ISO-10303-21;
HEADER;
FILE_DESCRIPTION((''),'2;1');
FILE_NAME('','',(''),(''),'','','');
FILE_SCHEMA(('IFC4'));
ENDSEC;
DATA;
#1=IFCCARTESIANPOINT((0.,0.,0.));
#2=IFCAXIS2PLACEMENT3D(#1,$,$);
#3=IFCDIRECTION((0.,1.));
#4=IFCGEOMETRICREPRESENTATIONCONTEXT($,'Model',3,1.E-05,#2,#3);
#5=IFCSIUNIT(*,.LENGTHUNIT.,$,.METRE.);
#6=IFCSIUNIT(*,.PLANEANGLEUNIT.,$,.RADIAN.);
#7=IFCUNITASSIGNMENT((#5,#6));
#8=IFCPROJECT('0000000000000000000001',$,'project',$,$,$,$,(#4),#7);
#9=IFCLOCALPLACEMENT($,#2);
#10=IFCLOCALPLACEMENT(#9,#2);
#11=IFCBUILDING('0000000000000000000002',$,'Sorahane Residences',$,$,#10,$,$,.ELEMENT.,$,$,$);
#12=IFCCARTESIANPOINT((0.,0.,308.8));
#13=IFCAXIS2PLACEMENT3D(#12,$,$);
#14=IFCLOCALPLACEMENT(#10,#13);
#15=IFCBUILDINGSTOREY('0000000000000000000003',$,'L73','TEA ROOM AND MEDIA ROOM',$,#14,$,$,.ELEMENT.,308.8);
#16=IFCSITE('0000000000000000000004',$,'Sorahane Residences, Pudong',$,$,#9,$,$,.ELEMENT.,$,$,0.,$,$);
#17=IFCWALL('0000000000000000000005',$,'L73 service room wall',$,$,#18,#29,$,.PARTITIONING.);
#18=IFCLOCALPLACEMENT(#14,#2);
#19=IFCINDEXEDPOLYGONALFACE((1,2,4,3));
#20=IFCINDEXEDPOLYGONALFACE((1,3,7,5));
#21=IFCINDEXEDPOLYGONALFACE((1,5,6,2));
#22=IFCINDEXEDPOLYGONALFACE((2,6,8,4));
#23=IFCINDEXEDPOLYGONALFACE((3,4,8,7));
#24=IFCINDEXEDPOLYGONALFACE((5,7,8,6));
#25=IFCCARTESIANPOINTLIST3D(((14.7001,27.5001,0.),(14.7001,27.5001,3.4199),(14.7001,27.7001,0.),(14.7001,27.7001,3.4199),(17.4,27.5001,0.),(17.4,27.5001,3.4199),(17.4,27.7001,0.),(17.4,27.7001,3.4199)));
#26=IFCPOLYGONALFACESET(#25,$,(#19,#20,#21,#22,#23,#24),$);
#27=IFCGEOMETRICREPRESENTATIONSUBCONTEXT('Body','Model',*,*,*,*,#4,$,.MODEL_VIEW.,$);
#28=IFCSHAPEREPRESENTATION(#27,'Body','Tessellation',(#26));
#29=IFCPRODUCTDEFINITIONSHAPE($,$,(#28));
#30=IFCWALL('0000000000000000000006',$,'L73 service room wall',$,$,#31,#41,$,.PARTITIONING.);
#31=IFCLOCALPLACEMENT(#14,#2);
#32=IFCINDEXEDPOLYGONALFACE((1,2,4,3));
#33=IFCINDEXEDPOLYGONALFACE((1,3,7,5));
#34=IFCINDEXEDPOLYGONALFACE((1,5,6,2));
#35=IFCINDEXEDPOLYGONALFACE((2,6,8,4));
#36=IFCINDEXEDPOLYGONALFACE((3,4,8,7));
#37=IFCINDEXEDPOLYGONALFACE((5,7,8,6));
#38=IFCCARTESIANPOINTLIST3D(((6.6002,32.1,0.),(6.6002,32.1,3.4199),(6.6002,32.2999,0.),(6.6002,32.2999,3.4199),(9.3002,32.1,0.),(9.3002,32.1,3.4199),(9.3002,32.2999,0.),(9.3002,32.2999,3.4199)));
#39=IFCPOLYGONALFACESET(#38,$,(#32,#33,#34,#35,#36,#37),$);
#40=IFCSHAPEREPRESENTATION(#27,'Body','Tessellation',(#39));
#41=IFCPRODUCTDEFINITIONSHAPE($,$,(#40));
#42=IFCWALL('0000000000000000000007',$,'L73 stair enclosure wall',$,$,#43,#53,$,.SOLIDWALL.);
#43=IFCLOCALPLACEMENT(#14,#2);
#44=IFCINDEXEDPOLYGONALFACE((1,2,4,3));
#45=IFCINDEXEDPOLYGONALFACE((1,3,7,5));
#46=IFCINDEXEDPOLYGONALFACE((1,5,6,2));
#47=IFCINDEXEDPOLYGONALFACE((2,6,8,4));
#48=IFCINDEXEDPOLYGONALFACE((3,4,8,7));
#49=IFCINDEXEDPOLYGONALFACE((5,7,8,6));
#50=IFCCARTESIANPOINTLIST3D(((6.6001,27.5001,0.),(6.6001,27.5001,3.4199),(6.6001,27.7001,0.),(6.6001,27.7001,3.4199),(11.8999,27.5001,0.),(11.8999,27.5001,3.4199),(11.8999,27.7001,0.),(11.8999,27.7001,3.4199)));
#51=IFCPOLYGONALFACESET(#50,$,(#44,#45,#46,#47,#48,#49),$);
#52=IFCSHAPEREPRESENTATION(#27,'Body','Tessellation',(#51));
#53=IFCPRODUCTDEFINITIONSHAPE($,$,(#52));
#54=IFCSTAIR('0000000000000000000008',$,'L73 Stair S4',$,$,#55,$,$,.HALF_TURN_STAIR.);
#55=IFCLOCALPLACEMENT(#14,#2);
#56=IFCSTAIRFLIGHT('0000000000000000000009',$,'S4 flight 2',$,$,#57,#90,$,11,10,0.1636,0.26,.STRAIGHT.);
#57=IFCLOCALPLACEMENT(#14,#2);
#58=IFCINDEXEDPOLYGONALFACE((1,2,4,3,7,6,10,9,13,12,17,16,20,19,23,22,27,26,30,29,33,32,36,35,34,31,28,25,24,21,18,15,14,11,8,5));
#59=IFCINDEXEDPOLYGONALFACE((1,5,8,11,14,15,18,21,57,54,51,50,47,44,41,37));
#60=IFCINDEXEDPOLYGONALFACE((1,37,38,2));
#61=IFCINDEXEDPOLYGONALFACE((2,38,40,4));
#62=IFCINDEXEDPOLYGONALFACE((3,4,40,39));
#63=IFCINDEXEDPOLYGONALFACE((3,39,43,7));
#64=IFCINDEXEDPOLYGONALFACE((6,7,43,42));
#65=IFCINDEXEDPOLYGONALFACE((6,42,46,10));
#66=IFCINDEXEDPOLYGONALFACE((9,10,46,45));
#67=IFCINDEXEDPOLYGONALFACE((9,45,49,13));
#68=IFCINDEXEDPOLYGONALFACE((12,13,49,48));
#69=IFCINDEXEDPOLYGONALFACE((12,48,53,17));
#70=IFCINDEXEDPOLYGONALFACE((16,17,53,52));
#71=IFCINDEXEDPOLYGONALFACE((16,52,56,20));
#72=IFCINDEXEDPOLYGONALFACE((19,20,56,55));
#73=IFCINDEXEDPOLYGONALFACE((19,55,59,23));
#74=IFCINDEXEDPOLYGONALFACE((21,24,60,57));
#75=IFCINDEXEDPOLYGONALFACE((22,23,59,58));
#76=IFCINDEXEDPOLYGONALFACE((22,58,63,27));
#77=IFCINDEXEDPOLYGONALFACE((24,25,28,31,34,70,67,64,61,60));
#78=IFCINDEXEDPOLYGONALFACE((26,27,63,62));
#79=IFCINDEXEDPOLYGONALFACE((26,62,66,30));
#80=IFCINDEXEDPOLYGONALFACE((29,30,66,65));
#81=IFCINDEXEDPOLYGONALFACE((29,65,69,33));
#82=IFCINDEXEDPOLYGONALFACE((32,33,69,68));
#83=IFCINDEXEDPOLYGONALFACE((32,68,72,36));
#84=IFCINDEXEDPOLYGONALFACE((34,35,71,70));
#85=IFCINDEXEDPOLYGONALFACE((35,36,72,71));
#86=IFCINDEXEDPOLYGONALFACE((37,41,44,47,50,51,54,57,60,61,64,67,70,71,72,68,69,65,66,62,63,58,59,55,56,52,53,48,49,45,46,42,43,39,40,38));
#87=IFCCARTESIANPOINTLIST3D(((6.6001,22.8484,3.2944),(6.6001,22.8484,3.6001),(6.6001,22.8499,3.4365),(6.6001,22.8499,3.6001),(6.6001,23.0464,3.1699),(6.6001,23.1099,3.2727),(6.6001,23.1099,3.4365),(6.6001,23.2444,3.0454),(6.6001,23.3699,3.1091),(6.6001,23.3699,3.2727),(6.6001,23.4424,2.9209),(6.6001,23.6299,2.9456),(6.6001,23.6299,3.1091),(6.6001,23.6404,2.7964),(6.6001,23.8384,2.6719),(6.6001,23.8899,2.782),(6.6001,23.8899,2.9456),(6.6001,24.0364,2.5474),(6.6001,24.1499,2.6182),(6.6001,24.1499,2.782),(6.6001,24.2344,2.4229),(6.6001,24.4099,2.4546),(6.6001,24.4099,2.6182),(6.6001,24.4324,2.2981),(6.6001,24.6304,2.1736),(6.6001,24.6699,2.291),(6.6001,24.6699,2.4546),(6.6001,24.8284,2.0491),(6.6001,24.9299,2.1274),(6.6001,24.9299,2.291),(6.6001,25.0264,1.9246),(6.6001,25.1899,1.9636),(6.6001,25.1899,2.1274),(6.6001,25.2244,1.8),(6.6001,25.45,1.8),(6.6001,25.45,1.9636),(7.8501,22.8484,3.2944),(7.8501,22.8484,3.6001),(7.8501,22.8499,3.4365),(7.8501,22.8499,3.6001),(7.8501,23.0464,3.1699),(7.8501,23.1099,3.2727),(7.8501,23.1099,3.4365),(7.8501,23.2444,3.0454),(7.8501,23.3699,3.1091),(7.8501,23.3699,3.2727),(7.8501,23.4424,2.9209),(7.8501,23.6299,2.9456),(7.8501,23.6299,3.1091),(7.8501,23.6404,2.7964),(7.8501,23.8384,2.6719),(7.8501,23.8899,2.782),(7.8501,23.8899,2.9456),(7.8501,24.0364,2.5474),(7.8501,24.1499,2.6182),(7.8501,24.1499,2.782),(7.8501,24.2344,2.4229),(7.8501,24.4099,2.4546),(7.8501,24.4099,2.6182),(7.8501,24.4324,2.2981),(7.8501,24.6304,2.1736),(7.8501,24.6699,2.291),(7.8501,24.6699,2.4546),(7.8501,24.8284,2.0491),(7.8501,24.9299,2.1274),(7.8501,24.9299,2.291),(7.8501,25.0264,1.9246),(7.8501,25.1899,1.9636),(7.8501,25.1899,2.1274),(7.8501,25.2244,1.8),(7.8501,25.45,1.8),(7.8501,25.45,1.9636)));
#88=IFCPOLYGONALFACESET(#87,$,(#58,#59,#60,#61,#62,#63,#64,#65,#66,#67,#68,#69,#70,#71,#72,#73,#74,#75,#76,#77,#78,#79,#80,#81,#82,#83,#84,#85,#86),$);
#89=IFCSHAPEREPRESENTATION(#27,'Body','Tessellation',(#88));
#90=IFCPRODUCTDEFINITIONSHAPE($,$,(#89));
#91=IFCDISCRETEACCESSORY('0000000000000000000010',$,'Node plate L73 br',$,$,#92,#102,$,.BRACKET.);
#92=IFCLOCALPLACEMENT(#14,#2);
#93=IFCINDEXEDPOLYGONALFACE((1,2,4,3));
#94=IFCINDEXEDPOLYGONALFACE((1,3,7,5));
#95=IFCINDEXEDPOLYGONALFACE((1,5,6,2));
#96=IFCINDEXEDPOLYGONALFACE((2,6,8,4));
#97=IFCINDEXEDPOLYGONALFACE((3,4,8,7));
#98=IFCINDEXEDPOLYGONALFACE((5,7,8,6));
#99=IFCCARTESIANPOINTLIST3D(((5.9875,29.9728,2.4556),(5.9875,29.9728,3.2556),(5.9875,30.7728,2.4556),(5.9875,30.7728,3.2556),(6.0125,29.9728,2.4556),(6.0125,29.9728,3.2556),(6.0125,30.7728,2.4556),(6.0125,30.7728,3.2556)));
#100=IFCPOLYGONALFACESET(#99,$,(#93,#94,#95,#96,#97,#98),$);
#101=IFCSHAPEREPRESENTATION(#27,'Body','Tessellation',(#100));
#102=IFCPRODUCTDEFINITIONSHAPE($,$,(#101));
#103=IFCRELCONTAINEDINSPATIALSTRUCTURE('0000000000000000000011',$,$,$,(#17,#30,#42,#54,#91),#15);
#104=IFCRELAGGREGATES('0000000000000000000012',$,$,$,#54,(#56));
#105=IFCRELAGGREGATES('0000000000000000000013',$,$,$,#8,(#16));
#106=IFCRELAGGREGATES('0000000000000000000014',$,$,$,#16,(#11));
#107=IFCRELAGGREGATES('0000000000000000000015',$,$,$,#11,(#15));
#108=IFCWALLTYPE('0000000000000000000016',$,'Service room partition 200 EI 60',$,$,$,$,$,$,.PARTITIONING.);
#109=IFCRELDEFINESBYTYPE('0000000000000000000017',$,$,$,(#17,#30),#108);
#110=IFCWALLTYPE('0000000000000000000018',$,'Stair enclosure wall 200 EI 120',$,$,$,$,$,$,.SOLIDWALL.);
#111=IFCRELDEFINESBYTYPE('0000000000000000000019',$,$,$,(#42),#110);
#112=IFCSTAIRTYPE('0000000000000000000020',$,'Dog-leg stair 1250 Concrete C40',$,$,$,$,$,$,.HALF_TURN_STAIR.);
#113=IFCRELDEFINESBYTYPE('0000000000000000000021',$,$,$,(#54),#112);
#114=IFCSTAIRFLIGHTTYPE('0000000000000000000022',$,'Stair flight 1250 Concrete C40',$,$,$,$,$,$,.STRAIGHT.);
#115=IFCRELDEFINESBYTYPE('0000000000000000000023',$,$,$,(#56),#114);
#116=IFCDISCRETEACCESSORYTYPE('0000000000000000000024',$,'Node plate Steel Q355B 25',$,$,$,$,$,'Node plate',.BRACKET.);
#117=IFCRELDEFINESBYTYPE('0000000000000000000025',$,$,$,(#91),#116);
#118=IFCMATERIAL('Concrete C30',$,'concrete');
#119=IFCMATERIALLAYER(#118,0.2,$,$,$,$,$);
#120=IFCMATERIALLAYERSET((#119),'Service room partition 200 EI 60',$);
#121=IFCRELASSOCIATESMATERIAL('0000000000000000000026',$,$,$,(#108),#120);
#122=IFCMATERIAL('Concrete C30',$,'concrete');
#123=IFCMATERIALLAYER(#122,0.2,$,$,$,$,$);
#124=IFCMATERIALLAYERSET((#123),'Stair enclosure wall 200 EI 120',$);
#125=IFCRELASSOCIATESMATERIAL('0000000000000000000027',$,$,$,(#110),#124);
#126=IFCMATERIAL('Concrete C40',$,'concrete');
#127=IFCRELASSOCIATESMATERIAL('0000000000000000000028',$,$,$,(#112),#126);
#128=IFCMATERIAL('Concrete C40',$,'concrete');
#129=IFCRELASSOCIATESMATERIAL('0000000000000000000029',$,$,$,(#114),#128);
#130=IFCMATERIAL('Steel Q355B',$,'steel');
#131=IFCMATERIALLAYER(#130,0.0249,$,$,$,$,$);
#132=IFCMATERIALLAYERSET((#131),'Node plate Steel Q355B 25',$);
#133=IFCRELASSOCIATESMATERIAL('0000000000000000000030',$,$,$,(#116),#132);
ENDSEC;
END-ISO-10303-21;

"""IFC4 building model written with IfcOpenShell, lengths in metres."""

from ifc_helpers import new_model, si_unit, direction, frame, frame_2d, origin, origin_2d, place, context, subcontext, project, spatial, polyline, rectangle, outline, extrude, material, layer, layer_set, type_object, element, aggregate, save


model = new_model("IFC4")

# Units and contexts
model_context = context("Model", 3, precision=1e-05, world=origin(), true_north=direction((0.0, 1.0)))
body_context = subcontext(model_context, "Body", "Model", "MODEL_VIEW")
ifc_project = project(units=[si_unit("LENGTHUNIT", "METRE"), si_unit("PLANEANGLEUNIT", "RADIAN")], contexts=[model_context])

# Site, building, storey
site_placement = place(None, origin())
site = spatial("IfcSite", under=ifc_project, at=site_placement, Name="Sorahane Residences, Pudong", CompositionType="ELEMENT", RefElevation=0.0)
building_placement = place(site_placement, origin())
building = spatial("IfcBuilding", under=site, at=building_placement, Name="Sorahane Residences", CompositionType="ELEMENT")
storey_placement = place(building_placement, frame((0.0, 0.0, 308.8)))
storey = spatial("IfcBuildingStorey", under=building, at=storey_placement, Name="L73", Description="TEA ROOM AND MEDIA ROOM", CompositionType="ELEMENT", Elevation=308.8)

# Walls
ifc_material_1 = material(Name="Concrete C30", Category="concrete")
ifc_layer_1 = layer(ifc_material_1, 0.2)
ifc_layer_set_1 = layer_set([ifc_layer_1], Name="Service room partition 200 EI 60")
wall_type_1 = type_object("IfcWallType", Name="Service room partition 200 EI 60", PredefinedType="PARTITIONING", material=ifc_layer_set_1)
for number, where, z_axis, x_axis, name in (
    (1, (14.7, 27.6001, 0.0), (0.0, 0.0, 1.0), (1.0, 0.0, 0.0), "L73 service room wall"),
    (2, (6.6001, 32.2, 0.0), (0.0, 0.0, 1.0), (1.0, 0.0, 0.0), "L73 service room wall"),
):
    element("IfcWall", number, at=place(storey_placement, frame(where, z_axis=z_axis, x_axis=x_axis)), inside=storey, type_object=wall_type_1, Name=name, PredefinedType="PARTITIONING", context=body_context, shape_type="SweptSolid", body=[
        extrude(rectangle(XDim=2.7, YDim=0.2, at=frame_2d((1.3501, 0.0))), origin(), (0.0, 0.0, 1.0), 3.4199),
    ])
ifc_material_2 = material(Name="Concrete C30", Category="concrete")
ifc_layer_2 = layer(ifc_material_2, 0.2)
ifc_layer_set_2 = layer_set([ifc_layer_2], Name="Stair enclosure wall 200 EI 120")
wall_type_2 = type_object("IfcWallType", Name="Stair enclosure wall 200 EI 120", PredefinedType="SOLIDWALL", material=ifc_layer_set_2)
wall_1_placement = place(storey_placement, frame((6.6001, 27.6001, 0.0), z_axis=(0.0, 0.0, 1.0), x_axis=(1.0, 0.0, 0.0)))
element("IfcWall", 3, at=wall_1_placement, inside=storey, type_object=wall_type_2, Name="L73 stair enclosure wall", PredefinedType="SOLIDWALL", context=body_context, shape_type="SweptSolid", body=[
    extrude(rectangle(XDim=5.2998, YDim=0.2, at=frame_2d((2.6499, 0.0))), origin(), (0.0, 0.0, 1.0), 3.4199),
])

# Stair, stair flight
ifc_material_3 = material(Name="Concrete C40", Category="concrete")
stair_type = type_object("IfcStairType", Name="Dog-leg stair 1250 Concrete C40", PredefinedType="HALF_TURN_STAIR", material=ifc_material_3)
stair_placement = place(storey_placement, origin())
stair = element("IfcStair", 4, at=stair_placement, inside=storey, type_object=stair_type, Name="L73 Stair S4", PredefinedType="HALF_TURN_STAIR")
ifc_material_4 = material(Name="Concrete C40", Category="concrete")
stair_flight_type = type_object("IfcStairFlightType", Name="Stair flight 1250 Concrete C40", PredefinedType="STRAIGHT", material=ifc_material_4)
stair_flight_placement = place(storey_placement, frame((7.2251, 25.45, 1.8), z_axis=(0.0, 0.0, 1.0), x_axis=(0.0, -1.0, 0.0)))
stair_flight = element("IfcStairFlight", 5, at=stair_flight_placement, type_object=stair_flight_type, Name="S4 flight 2", NumberOfRisers=11, NumberOfTreads=10, PredefinedType="STRAIGHT", RiserHeight=0.1636, TreadLength=0.26, context=body_context, shape_type="SweptSolid", body=[
    extrude(outline(polyline([(0.0, 0.0), (0.0, 0.1636), (0.26, 0.1636), (0.26, 0.3274), (0.52, 0.3274), (0.52, 0.491), (0.78, 0.491), (0.78, 0.6545), (1.04, 0.6545), (1.04, 0.8181), (1.3, 0.8181), (1.3, 0.9819), (1.5601, 0.9819), (1.5601, 1.1455), (1.8201, 1.1455), (1.8201, 1.3091), (2.0801, 1.3091), (2.0801, 1.4727), (2.3401, 1.4727), (2.3401, 1.6365), (2.6001, 1.6365), (2.6001, 1.8), (2.6016, 1.8), (2.6016, 1.4944), (2.4036, 1.3699), (2.2056, 1.2454), (2.0076, 1.1208), (1.8096, 0.9963), (1.6116, 0.8718), (1.4136, 0.7473), (1.2156, 0.6228), (1.0176, 0.498), (0.8196, 0.3735), (0.6216, 0.249), (0.4236, 0.1245), (0.2256, 0.0), (0.0, 0.0)])), frame((0.0, 0.625, 0.0), z_axis=(0.0, -1.0, 0.0), x_axis=(1.0, 0.0, 0.0)), (0.0, 0.0, 1.0), 1.25),
])
aggregate(stair, [stair_flight])

# Discrete accessory
ifc_material_5 = material(Name="Steel Q355B", Category="steel")
ifc_layer_3 = layer(ifc_material_5, 0.0249)
ifc_layer_set_3 = layer_set([ifc_layer_3], Name="Node plate Steel Q355B 25")
discrete_accessory_type = type_object("IfcDiscreteAccessoryType", Name="Node plate Steel Q355B 25", ElementType="Node plate", PredefinedType="BRACKET", material=ifc_layer_set_3)
discrete_accessory_placement = place(storey_placement, frame((6.0, 30.3728, 2.4556), z_axis=(0.0, 0.0, 1.0), x_axis=(0.0, 1.0, 0.0)))
element("IfcDiscreteAccessory", 6, at=discrete_accessory_placement, inside=storey, type_object=discrete_accessory_type, Name="Node plate L73 br", PredefinedType="BRACKET", context=body_context, shape_type="SweptSolid", body=[
    extrude(rectangle(XDim=0.8, YDim=0.0249, at=origin_2d()), origin(), (0.0, 0.0, 1.0), 0.8),
])

save(model, "model.ifc")
